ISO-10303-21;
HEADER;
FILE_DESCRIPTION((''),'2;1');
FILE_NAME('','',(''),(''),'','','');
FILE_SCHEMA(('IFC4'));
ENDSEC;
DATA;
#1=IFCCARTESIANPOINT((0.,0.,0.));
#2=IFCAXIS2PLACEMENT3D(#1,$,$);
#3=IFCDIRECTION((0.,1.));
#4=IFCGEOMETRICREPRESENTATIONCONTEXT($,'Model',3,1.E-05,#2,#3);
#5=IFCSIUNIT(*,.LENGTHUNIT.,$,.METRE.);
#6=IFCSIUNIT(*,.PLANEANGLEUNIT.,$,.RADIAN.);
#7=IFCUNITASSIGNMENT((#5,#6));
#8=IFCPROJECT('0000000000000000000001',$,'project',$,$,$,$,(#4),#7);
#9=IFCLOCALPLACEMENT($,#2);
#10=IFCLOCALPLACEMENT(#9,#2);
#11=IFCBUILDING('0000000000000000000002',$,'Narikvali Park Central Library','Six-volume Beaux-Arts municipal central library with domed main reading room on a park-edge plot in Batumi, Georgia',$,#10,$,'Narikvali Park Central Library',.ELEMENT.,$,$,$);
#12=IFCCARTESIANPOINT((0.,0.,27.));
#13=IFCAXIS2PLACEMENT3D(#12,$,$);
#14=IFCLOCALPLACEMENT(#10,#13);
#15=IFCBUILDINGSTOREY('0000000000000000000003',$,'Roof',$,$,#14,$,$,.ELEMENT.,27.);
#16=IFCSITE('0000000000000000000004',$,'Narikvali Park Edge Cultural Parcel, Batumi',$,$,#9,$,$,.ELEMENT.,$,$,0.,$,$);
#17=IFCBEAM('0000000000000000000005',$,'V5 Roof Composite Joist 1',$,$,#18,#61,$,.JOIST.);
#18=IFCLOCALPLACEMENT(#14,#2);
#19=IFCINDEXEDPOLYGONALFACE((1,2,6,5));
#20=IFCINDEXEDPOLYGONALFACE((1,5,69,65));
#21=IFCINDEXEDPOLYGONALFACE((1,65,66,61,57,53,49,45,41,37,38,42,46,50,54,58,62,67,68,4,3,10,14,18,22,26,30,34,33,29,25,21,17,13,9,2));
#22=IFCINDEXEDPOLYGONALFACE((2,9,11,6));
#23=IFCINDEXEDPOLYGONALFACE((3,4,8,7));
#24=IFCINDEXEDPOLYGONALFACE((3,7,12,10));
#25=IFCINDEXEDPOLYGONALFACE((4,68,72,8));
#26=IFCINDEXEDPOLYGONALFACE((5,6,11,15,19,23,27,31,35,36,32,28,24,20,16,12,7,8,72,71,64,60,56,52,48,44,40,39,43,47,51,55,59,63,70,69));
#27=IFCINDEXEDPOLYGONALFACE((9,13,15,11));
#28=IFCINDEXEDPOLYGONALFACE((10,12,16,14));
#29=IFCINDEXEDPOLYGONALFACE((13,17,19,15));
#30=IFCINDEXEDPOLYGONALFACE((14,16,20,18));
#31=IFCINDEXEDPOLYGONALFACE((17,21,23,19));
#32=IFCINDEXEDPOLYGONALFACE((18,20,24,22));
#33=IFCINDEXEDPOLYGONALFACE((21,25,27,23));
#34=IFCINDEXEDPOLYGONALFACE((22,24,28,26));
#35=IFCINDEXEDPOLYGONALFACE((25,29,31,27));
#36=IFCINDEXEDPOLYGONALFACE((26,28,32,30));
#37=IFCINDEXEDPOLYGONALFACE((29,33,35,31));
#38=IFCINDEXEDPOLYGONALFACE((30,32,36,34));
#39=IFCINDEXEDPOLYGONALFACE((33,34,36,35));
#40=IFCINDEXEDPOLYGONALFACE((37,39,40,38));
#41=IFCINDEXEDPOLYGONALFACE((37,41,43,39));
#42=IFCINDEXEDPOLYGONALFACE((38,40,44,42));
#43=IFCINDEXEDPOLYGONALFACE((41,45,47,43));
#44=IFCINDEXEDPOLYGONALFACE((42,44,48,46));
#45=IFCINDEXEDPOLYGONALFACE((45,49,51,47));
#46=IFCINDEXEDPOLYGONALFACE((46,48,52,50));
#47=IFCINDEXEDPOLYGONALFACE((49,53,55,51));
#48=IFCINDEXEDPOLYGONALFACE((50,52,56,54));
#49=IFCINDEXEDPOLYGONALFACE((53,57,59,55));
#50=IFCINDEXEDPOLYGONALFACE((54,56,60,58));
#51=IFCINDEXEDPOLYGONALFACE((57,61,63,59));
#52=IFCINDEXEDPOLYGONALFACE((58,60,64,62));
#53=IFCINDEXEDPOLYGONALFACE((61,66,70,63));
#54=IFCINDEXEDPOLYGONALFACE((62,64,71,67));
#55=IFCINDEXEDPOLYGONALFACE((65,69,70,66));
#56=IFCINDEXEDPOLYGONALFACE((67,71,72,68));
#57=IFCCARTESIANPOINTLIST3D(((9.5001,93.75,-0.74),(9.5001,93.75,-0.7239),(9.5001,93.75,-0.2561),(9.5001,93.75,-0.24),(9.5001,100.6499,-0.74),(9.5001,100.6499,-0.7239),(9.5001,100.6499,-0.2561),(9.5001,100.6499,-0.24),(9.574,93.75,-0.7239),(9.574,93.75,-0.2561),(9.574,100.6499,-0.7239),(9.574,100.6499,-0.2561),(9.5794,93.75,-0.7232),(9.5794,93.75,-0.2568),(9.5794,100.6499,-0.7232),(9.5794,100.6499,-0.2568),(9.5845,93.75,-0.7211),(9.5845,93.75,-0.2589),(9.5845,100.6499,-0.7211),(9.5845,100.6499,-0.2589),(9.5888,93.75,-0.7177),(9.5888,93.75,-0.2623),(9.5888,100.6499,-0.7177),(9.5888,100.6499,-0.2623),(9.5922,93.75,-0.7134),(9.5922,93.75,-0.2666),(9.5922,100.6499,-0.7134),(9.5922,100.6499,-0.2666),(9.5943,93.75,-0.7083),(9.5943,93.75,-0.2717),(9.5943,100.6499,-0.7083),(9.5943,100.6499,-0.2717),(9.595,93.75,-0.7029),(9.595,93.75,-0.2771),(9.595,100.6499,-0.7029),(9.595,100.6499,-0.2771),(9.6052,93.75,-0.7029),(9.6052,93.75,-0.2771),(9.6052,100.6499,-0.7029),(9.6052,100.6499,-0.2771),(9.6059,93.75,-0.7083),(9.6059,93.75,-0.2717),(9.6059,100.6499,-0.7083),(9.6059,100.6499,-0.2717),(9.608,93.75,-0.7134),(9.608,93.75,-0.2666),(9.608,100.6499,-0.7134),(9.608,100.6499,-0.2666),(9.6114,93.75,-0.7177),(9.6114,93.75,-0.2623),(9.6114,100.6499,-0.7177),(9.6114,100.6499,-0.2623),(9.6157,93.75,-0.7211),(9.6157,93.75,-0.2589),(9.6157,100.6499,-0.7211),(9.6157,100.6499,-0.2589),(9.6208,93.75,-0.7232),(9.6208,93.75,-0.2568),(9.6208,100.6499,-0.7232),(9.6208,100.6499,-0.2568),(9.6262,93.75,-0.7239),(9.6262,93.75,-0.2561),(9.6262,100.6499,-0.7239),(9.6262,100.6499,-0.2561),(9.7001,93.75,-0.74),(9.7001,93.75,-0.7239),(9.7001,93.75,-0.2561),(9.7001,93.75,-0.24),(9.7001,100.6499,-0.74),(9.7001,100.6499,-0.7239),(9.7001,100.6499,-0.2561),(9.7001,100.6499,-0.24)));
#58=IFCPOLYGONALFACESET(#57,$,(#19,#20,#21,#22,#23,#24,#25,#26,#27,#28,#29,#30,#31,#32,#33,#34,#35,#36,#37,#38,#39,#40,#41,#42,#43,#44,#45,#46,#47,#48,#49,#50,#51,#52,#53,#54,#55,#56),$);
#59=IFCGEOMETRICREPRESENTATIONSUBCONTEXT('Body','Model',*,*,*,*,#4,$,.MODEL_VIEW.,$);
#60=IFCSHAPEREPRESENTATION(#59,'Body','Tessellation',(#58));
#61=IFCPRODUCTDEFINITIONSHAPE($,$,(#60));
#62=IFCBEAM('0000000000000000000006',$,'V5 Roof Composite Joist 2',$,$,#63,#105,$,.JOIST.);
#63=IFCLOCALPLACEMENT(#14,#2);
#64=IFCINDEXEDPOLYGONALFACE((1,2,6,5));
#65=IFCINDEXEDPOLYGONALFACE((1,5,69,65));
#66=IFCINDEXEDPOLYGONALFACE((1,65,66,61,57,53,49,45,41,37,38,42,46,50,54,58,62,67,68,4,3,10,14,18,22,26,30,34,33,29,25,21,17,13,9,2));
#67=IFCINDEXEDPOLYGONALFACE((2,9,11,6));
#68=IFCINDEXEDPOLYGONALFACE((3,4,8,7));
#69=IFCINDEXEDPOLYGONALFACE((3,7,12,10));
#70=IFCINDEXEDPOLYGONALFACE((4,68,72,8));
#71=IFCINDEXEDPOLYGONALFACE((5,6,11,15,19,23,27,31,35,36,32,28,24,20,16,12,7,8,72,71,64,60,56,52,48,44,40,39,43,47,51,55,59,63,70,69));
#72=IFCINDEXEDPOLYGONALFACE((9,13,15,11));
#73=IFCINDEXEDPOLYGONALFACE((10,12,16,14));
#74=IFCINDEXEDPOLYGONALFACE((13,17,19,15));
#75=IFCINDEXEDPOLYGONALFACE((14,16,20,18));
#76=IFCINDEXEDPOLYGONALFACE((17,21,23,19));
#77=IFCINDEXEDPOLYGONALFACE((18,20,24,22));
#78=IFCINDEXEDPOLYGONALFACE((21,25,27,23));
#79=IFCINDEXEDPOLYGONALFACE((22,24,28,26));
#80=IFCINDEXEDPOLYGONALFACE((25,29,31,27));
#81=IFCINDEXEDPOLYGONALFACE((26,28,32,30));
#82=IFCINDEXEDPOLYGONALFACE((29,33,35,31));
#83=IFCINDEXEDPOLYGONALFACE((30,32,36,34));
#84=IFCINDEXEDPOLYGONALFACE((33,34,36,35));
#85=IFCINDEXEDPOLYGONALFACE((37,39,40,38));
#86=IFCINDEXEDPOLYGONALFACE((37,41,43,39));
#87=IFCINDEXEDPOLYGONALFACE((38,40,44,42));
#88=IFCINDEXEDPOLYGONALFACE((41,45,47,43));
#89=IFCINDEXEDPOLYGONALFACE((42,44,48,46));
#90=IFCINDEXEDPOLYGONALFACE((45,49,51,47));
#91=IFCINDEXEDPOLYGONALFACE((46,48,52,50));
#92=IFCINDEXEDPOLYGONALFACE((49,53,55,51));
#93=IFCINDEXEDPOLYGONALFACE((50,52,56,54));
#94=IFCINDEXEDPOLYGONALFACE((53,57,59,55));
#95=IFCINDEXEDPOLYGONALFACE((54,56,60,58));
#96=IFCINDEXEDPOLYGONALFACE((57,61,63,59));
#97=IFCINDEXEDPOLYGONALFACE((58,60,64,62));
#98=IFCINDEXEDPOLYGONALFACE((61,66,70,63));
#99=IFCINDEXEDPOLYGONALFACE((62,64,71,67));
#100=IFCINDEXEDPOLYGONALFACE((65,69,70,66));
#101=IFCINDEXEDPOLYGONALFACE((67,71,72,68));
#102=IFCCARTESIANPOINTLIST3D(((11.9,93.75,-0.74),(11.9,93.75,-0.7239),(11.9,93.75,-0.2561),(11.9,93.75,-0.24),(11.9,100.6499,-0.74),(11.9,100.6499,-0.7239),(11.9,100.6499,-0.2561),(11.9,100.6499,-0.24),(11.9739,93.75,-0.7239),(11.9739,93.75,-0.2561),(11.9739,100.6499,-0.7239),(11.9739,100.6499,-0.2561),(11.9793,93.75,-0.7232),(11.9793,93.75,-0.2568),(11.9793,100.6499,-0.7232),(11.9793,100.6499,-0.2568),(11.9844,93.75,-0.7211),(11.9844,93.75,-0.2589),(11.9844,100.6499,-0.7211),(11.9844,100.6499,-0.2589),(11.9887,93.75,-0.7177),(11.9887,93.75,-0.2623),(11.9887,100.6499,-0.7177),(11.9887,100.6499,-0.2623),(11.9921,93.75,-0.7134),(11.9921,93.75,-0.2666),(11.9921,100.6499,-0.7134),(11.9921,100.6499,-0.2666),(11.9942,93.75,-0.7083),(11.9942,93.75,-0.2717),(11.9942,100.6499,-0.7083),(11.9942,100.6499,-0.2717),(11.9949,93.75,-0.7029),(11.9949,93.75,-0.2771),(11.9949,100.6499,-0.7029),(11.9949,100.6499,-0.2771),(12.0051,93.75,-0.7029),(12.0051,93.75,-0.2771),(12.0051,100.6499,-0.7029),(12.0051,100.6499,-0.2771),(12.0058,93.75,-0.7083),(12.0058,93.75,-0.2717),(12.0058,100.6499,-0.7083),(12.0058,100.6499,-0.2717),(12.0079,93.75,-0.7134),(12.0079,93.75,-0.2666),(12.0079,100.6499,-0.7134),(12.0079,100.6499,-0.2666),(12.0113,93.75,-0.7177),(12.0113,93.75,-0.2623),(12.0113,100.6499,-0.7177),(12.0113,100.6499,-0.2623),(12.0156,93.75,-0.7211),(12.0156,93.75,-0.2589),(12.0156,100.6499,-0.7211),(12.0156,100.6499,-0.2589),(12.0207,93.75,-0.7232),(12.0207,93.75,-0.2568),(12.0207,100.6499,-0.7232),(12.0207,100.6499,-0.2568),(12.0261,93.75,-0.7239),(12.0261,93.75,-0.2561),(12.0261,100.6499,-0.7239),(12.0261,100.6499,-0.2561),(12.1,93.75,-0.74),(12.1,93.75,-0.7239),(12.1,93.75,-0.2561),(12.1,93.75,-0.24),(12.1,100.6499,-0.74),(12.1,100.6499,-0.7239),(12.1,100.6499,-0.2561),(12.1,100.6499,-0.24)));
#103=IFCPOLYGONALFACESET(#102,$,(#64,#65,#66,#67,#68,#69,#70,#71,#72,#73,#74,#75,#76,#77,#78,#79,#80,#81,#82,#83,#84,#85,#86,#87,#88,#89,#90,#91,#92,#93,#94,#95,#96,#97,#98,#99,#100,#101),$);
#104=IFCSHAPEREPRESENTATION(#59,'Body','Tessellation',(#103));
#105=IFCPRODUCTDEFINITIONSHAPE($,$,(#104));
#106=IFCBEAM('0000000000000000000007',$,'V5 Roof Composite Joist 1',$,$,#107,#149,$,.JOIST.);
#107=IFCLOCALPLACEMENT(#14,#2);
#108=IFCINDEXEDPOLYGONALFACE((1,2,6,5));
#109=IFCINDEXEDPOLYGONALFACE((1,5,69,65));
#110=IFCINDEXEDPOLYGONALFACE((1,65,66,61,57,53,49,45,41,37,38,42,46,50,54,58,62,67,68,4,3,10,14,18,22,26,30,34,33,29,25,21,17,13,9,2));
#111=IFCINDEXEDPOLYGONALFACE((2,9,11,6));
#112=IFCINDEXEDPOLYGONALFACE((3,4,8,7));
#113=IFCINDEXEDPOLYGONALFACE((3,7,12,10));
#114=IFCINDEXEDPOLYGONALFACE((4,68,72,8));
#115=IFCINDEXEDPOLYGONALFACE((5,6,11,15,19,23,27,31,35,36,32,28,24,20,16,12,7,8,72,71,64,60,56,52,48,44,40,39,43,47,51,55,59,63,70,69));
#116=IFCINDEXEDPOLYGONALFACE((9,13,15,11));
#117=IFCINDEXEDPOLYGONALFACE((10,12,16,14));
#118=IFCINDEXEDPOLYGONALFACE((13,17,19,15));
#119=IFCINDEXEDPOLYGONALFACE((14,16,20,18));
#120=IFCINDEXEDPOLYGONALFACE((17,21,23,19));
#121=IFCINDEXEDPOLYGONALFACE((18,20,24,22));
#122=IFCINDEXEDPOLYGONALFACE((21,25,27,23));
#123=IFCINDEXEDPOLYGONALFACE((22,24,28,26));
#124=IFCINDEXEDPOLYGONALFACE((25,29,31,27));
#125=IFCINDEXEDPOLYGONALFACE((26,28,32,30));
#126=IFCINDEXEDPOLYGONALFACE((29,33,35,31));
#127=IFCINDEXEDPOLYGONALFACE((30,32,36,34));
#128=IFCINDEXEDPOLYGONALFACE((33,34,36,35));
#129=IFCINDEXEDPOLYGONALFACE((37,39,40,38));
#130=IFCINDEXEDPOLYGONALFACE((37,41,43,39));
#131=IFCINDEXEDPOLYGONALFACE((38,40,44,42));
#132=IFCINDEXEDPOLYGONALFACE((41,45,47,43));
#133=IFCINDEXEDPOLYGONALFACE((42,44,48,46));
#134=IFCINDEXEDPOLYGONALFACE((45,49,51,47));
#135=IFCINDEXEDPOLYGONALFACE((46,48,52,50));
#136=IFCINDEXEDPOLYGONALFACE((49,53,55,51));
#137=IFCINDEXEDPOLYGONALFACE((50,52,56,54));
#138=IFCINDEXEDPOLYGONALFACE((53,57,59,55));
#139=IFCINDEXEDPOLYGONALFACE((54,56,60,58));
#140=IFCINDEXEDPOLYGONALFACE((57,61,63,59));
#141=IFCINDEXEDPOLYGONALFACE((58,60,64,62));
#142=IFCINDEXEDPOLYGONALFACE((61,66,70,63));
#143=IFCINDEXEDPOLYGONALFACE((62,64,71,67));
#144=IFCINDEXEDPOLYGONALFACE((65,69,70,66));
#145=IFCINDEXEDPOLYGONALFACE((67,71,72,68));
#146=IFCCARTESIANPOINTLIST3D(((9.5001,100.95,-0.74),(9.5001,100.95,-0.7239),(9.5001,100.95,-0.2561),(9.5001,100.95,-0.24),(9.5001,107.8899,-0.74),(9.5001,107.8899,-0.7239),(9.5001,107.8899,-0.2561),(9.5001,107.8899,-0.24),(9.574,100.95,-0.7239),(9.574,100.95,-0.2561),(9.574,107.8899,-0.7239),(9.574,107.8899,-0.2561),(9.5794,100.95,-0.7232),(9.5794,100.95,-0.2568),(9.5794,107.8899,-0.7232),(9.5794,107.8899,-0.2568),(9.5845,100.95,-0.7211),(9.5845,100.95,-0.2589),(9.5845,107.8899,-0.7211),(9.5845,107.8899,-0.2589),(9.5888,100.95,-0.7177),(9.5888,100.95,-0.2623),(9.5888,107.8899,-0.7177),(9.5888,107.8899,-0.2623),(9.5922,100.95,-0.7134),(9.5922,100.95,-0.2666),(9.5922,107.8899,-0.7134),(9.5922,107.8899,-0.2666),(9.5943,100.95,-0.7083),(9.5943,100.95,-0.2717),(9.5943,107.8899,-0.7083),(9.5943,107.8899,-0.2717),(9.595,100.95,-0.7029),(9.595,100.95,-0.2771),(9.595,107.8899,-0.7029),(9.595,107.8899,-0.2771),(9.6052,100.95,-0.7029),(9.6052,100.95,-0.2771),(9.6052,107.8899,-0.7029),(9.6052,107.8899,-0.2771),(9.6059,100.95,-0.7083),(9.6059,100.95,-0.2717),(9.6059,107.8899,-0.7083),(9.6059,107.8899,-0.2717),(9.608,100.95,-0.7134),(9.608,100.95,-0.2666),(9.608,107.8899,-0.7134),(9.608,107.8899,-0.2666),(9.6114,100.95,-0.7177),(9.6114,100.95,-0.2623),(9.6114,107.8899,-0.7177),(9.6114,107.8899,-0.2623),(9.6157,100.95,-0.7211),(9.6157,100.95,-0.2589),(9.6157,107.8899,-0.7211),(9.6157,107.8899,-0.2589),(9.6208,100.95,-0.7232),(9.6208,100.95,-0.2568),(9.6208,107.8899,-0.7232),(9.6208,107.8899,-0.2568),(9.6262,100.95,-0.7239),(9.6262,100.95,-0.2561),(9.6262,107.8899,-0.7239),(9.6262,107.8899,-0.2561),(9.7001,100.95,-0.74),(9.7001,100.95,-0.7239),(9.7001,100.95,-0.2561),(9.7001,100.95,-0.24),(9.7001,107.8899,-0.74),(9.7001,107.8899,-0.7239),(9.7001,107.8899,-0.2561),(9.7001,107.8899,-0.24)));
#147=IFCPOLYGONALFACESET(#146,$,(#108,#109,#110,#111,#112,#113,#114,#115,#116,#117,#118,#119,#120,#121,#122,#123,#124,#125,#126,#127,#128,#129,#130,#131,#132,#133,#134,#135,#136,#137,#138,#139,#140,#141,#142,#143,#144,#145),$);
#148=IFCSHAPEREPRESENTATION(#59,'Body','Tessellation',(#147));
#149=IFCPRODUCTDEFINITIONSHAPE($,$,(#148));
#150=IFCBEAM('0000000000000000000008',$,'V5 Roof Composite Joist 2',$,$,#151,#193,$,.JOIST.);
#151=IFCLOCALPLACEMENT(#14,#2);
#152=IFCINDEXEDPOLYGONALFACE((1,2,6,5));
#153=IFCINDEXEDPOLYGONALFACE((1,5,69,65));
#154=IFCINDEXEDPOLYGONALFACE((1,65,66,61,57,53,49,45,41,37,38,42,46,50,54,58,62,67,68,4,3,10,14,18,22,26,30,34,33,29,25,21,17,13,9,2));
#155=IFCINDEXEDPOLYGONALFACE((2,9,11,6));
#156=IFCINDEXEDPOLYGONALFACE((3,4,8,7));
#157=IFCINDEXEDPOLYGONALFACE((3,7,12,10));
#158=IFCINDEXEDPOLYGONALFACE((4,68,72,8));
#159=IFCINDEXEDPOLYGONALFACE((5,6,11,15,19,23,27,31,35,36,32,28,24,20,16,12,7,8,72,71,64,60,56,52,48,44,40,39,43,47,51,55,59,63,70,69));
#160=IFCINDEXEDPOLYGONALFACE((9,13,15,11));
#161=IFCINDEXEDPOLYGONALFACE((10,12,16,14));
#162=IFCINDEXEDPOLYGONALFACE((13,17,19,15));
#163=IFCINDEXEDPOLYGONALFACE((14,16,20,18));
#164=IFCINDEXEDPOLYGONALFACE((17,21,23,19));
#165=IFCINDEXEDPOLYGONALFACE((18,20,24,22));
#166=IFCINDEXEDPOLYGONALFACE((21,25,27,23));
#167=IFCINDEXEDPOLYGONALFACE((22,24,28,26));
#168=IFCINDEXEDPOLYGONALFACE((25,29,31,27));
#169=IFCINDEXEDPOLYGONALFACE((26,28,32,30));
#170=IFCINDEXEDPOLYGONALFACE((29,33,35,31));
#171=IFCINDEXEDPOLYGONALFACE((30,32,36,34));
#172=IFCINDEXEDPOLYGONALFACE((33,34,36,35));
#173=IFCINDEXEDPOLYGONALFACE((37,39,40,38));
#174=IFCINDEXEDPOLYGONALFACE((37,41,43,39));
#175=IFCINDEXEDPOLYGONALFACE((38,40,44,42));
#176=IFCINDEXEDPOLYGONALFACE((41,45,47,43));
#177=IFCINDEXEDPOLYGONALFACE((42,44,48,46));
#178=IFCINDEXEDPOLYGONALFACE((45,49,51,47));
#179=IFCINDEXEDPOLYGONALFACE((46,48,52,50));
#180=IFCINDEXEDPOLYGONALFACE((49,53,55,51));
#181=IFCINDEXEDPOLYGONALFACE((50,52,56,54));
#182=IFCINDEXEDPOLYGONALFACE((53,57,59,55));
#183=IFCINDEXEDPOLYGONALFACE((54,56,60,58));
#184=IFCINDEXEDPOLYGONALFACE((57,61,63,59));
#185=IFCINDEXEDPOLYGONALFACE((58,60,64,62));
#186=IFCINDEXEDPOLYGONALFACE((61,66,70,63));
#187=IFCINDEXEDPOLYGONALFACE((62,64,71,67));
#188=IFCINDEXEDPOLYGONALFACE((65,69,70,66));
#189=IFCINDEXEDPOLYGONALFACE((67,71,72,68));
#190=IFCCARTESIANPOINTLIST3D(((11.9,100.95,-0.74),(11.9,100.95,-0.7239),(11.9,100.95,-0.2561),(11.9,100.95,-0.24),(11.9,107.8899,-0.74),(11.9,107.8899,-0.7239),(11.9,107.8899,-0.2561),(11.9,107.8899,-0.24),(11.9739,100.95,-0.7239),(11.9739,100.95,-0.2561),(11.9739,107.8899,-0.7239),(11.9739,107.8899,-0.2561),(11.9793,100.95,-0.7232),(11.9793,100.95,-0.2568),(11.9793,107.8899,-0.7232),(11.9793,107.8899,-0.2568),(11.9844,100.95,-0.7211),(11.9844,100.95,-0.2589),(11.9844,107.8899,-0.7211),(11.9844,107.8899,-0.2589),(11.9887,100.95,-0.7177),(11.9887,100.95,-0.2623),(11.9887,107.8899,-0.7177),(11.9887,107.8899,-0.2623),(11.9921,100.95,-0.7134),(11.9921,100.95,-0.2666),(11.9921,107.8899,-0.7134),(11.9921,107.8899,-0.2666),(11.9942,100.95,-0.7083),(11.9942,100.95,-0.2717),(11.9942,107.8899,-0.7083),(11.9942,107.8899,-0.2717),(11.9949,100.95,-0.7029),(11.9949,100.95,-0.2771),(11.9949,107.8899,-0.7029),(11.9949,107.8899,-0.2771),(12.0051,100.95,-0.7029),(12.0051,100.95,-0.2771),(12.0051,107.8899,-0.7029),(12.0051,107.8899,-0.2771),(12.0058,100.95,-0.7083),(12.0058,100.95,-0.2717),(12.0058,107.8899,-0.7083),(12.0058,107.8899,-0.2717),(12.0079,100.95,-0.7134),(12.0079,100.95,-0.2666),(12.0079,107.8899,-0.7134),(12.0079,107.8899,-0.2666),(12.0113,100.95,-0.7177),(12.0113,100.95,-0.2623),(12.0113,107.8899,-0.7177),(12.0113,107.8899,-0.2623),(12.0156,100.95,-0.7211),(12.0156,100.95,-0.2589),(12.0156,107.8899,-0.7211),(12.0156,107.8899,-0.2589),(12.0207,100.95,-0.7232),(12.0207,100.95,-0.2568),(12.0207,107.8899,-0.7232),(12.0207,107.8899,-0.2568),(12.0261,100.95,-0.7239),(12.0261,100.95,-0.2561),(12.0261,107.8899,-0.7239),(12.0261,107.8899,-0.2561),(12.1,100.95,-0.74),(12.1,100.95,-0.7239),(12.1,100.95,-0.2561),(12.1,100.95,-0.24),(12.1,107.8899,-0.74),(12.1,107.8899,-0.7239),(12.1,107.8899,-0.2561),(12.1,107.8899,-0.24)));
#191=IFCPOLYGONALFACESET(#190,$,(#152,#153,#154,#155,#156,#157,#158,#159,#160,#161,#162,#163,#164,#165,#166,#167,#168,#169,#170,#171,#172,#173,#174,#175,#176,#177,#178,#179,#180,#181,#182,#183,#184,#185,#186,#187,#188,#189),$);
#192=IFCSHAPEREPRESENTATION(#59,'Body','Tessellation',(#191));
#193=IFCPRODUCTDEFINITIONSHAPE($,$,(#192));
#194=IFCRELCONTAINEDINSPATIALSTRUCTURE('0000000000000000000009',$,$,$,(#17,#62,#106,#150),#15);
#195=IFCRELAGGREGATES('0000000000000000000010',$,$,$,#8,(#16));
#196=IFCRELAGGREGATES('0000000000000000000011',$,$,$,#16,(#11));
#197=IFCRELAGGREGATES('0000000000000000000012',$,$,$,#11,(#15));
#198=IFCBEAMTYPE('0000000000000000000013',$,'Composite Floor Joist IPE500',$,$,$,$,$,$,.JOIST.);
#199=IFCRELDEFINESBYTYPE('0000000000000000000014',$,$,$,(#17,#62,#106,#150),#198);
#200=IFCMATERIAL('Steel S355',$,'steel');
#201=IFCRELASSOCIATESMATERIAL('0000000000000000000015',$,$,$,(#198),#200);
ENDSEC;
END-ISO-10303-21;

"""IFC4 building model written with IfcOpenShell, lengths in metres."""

from ifc_helpers import new_model, si_unit, direction, frame, origin, origin_2d, place, context, subcontext, project, spatial, i_section, extrude, material, material_profile, profile_set, type_object, element, save


model = new_model("IFC4")

# Units and contexts
model_context = context("Model", 3, precision=1e-05, world=origin(), true_north=direction((0.0, 1.0)))
body_context = subcontext(model_context, "Body", "Model", "MODEL_VIEW")
ifc_project = project(units=[si_unit("LENGTHUNIT", "METRE"), si_unit("PLANEANGLEUNIT", "RADIAN")], contexts=[model_context])

# Site, building, storey
site_placement = place(None, origin())
site = spatial("IfcSite", under=ifc_project, at=site_placement, Name="Narikvali Park Edge Cultural Parcel, Batumi", CompositionType="ELEMENT", RefElevation=0.0)
building_placement = place(site_placement, origin())
building = spatial("IfcBuilding", under=site, at=building_placement, Name="Narikvali Park Central Library", Description="Six-volume Beaux-Arts municipal central library with domed main reading room on a park-edge plot in Batumi, Georgia", LongName="Narikvali Park Central Library", CompositionType="ELEMENT")
storey_placement = place(building_placement, frame((0.0, 0.0, 27.0)))
storey = spatial("IfcBuildingStorey", under=building, at=storey_placement, Name="Roof", CompositionType="ELEMENT", Elevation=27.0)

# Beams
ifc_material = material(Name="Steel S355", Category="steel")
ifc_material_profile_1 = material_profile(ifc_material, i_section(OverallWidth=0.2, OverallDepth=0.5, WebThickness=0.0103, FlangeThickness=0.0161, FilletRadius=0.021, at=origin_2d()), Name="IPE 500")
ifc_profile_set_1 = profile_set([ifc_material_profile_1], Name="Steel S355")
beam_type_1 = type_object("IfcBeamType", Name="Composite Floor Joist IPE500", PredefinedType="JOIST", material=ifc_profile_set_1)
for number, where, z_axis, x_axis, name in (
    (1, (9.6001, 93.75, -0.49), (0.0, 1.0, 0.0), (-1.0, 0.0, 0.0), "V5 Roof Composite Joist 1"),
    (2, (12.0, 93.75, -0.49), (0.0, 1.0, 0.0), (-1.0, 0.0, 0.0), "V5 Roof Composite Joist 2"),
):
    element("IfcBeam", number, at=place(storey_placement, frame(where, z_axis=z_axis, x_axis=x_axis)), inside=storey, type_object=beam_type_1, Name=name, PredefinedType="JOIST", context=body_context, shape_type="SweptSolid", body=[
        extrude(i_section(OverallWidth=0.2, OverallDepth=0.5, WebThickness=0.0103, FlangeThickness=0.0161, FilletRadius=0.021, at=origin_2d()), origin(), (0.0, 0.0, 1.0), 6.8999),
    ])
for number, where, z_axis, x_axis, name in (
    (3, (9.6001, 100.95, -0.49), (0.0, 1.0, 0.0), (-1.0, 0.0, 0.0), "V5 Roof Composite Joist 1"),
    (4, (12.0, 100.95, -0.49), (0.0, 1.0, 0.0), (-1.0, 0.0, 0.0), "V5 Roof Composite Joist 2"),
):
    element("IfcBeam", number, at=place(storey_placement, frame(where, z_axis=z_axis, x_axis=x_axis)), inside=storey, type_object=beam_type_1, Name=name, PredefinedType="JOIST", context=body_context, shape_type="SweptSolid", body=[
        extrude(i_section(OverallWidth=0.2, OverallDepth=0.5, WebThickness=0.0103, FlangeThickness=0.0161, FilletRadius=0.021, at=origin_2d()), origin(), (0.0, 0.0, 1.0), 6.9399),
    ])

save(model, "model.ifc")
